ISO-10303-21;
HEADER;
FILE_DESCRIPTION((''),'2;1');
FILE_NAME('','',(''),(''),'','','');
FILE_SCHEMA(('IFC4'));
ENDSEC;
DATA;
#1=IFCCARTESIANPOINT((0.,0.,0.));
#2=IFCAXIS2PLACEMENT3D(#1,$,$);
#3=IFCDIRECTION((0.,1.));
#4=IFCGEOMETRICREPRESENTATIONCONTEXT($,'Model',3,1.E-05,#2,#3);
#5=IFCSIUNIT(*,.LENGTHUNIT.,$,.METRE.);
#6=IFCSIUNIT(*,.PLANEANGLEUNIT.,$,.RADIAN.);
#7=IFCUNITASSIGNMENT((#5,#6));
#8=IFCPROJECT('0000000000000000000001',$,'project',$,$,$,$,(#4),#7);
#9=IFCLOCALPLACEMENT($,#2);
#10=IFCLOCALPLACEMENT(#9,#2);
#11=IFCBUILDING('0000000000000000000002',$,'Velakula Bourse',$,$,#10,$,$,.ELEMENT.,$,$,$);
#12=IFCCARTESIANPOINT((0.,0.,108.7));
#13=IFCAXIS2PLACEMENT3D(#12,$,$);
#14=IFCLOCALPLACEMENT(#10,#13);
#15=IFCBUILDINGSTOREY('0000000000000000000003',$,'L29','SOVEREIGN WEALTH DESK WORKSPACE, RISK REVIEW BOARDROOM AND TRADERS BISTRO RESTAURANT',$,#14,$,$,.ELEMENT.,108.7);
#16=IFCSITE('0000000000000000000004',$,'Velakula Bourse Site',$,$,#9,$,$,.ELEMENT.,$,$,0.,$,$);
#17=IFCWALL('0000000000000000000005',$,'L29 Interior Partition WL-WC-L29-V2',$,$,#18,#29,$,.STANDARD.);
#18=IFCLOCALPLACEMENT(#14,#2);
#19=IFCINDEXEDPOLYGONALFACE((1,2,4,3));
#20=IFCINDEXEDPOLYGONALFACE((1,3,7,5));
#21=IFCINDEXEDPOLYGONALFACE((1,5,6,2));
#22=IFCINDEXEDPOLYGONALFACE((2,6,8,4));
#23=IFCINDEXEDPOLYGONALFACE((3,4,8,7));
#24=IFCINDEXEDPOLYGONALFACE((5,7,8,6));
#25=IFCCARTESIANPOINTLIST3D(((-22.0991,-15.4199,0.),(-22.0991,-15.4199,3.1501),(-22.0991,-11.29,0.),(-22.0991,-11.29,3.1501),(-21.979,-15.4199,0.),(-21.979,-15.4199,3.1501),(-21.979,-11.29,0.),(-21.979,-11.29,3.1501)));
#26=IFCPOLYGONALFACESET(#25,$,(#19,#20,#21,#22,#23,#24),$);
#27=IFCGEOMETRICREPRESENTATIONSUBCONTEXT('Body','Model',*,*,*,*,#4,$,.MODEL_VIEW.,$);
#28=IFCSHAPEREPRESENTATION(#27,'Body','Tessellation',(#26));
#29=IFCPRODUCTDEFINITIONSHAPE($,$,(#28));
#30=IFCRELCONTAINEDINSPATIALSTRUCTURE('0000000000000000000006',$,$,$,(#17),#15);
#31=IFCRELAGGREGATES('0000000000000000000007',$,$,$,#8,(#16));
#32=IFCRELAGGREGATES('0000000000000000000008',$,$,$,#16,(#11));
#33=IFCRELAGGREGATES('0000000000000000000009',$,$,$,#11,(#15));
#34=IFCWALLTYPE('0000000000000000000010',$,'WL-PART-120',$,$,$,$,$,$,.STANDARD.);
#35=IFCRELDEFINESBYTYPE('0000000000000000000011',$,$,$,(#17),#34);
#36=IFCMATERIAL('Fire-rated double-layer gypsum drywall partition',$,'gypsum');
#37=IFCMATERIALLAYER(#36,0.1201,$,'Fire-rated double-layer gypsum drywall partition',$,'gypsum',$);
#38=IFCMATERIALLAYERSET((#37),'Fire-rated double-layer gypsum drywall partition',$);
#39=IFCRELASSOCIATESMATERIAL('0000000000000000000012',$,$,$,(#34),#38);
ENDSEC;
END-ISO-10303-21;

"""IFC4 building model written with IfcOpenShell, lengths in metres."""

from ifc_helpers import new_model, si_unit, direction, frame, frame_2d, origin, place, context, subcontext, project, spatial, rectangle, extrude, material, layer, layer_set, type_object, element, save


model = new_model("IFC4")

# Units and contexts
model_context = context("Model", 3, precision=1e-05, world=origin(), true_north=direction((0.0, 1.0)))
body_context = subcontext(model_context, "Body", "Model", "MODEL_VIEW")
ifc_project = project(units=[si_unit("LENGTHUNIT", "METRE"), si_unit("PLANEANGLEUNIT", "RADIAN")], contexts=[model_context])

# Site, building, storey
site_placement = place(None, origin())
site = spatial("IfcSite", under=ifc_project, at=site_placement, Name="Velakula Bourse Site", CompositionType="ELEMENT", RefElevation=0.0)
building_placement = place(site_placement, origin())
building = spatial("IfcBuilding", under=site, at=building_placement, Name="Velakula Bourse", CompositionType="ELEMENT")
storey_placement = place(building_placement, frame((0.0, 0.0, 108.7)))
storey = spatial("IfcBuildingStorey", under=building, at=storey_placement, Name="L29", Description="SOVEREIGN WEALTH DESK WORKSPACE, RISK REVIEW BOARDROOM AND TRADERS BISTRO RESTAURANT", CompositionType="ELEMENT", Elevation=108.7)

# Wall
ifc_material_1 = material(Name="Fire-rated double-layer gypsum drywall partition", Category="gypsum")
ifc_layer_1 = layer(ifc_material_1, 0.1201, Name="Fire-rated double-layer gypsum drywall partition", Category="gypsum")
ifc_layer_set_1 = layer_set([ifc_layer_1], Name="Fire-rated double-layer gypsum drywall partition")
wall_type_1 = type_object("IfcWallType", Name="WL-PART-120", PredefinedType="STANDARD", material=ifc_layer_set_1)
for number, where, z_axis, x_axis, name in (
    (1, (-22.0391, -15.4199, 0.0), (0.0, 0.0, 1.0), (0.0, 1.0, 0.0), "L29 Interior Partition WL-WC-L29-V2"),
):
    element("IfcWall", number, at=place(storey_placement, frame(where, z_axis=z_axis, x_axis=x_axis)), inside=storey, type_object=wall_type_1, Name=name, PredefinedType="STANDARD", context=body_context, shape_type="SweptSolid", body=[
        extrude(rectangle(XDim=4.1299, YDim=0.1201, at=frame_2d((2.0649, 0.0))), origin(), (0.0, 0.0, 1.0), 3.1501),
    ])

save(model, "model.ifc")
